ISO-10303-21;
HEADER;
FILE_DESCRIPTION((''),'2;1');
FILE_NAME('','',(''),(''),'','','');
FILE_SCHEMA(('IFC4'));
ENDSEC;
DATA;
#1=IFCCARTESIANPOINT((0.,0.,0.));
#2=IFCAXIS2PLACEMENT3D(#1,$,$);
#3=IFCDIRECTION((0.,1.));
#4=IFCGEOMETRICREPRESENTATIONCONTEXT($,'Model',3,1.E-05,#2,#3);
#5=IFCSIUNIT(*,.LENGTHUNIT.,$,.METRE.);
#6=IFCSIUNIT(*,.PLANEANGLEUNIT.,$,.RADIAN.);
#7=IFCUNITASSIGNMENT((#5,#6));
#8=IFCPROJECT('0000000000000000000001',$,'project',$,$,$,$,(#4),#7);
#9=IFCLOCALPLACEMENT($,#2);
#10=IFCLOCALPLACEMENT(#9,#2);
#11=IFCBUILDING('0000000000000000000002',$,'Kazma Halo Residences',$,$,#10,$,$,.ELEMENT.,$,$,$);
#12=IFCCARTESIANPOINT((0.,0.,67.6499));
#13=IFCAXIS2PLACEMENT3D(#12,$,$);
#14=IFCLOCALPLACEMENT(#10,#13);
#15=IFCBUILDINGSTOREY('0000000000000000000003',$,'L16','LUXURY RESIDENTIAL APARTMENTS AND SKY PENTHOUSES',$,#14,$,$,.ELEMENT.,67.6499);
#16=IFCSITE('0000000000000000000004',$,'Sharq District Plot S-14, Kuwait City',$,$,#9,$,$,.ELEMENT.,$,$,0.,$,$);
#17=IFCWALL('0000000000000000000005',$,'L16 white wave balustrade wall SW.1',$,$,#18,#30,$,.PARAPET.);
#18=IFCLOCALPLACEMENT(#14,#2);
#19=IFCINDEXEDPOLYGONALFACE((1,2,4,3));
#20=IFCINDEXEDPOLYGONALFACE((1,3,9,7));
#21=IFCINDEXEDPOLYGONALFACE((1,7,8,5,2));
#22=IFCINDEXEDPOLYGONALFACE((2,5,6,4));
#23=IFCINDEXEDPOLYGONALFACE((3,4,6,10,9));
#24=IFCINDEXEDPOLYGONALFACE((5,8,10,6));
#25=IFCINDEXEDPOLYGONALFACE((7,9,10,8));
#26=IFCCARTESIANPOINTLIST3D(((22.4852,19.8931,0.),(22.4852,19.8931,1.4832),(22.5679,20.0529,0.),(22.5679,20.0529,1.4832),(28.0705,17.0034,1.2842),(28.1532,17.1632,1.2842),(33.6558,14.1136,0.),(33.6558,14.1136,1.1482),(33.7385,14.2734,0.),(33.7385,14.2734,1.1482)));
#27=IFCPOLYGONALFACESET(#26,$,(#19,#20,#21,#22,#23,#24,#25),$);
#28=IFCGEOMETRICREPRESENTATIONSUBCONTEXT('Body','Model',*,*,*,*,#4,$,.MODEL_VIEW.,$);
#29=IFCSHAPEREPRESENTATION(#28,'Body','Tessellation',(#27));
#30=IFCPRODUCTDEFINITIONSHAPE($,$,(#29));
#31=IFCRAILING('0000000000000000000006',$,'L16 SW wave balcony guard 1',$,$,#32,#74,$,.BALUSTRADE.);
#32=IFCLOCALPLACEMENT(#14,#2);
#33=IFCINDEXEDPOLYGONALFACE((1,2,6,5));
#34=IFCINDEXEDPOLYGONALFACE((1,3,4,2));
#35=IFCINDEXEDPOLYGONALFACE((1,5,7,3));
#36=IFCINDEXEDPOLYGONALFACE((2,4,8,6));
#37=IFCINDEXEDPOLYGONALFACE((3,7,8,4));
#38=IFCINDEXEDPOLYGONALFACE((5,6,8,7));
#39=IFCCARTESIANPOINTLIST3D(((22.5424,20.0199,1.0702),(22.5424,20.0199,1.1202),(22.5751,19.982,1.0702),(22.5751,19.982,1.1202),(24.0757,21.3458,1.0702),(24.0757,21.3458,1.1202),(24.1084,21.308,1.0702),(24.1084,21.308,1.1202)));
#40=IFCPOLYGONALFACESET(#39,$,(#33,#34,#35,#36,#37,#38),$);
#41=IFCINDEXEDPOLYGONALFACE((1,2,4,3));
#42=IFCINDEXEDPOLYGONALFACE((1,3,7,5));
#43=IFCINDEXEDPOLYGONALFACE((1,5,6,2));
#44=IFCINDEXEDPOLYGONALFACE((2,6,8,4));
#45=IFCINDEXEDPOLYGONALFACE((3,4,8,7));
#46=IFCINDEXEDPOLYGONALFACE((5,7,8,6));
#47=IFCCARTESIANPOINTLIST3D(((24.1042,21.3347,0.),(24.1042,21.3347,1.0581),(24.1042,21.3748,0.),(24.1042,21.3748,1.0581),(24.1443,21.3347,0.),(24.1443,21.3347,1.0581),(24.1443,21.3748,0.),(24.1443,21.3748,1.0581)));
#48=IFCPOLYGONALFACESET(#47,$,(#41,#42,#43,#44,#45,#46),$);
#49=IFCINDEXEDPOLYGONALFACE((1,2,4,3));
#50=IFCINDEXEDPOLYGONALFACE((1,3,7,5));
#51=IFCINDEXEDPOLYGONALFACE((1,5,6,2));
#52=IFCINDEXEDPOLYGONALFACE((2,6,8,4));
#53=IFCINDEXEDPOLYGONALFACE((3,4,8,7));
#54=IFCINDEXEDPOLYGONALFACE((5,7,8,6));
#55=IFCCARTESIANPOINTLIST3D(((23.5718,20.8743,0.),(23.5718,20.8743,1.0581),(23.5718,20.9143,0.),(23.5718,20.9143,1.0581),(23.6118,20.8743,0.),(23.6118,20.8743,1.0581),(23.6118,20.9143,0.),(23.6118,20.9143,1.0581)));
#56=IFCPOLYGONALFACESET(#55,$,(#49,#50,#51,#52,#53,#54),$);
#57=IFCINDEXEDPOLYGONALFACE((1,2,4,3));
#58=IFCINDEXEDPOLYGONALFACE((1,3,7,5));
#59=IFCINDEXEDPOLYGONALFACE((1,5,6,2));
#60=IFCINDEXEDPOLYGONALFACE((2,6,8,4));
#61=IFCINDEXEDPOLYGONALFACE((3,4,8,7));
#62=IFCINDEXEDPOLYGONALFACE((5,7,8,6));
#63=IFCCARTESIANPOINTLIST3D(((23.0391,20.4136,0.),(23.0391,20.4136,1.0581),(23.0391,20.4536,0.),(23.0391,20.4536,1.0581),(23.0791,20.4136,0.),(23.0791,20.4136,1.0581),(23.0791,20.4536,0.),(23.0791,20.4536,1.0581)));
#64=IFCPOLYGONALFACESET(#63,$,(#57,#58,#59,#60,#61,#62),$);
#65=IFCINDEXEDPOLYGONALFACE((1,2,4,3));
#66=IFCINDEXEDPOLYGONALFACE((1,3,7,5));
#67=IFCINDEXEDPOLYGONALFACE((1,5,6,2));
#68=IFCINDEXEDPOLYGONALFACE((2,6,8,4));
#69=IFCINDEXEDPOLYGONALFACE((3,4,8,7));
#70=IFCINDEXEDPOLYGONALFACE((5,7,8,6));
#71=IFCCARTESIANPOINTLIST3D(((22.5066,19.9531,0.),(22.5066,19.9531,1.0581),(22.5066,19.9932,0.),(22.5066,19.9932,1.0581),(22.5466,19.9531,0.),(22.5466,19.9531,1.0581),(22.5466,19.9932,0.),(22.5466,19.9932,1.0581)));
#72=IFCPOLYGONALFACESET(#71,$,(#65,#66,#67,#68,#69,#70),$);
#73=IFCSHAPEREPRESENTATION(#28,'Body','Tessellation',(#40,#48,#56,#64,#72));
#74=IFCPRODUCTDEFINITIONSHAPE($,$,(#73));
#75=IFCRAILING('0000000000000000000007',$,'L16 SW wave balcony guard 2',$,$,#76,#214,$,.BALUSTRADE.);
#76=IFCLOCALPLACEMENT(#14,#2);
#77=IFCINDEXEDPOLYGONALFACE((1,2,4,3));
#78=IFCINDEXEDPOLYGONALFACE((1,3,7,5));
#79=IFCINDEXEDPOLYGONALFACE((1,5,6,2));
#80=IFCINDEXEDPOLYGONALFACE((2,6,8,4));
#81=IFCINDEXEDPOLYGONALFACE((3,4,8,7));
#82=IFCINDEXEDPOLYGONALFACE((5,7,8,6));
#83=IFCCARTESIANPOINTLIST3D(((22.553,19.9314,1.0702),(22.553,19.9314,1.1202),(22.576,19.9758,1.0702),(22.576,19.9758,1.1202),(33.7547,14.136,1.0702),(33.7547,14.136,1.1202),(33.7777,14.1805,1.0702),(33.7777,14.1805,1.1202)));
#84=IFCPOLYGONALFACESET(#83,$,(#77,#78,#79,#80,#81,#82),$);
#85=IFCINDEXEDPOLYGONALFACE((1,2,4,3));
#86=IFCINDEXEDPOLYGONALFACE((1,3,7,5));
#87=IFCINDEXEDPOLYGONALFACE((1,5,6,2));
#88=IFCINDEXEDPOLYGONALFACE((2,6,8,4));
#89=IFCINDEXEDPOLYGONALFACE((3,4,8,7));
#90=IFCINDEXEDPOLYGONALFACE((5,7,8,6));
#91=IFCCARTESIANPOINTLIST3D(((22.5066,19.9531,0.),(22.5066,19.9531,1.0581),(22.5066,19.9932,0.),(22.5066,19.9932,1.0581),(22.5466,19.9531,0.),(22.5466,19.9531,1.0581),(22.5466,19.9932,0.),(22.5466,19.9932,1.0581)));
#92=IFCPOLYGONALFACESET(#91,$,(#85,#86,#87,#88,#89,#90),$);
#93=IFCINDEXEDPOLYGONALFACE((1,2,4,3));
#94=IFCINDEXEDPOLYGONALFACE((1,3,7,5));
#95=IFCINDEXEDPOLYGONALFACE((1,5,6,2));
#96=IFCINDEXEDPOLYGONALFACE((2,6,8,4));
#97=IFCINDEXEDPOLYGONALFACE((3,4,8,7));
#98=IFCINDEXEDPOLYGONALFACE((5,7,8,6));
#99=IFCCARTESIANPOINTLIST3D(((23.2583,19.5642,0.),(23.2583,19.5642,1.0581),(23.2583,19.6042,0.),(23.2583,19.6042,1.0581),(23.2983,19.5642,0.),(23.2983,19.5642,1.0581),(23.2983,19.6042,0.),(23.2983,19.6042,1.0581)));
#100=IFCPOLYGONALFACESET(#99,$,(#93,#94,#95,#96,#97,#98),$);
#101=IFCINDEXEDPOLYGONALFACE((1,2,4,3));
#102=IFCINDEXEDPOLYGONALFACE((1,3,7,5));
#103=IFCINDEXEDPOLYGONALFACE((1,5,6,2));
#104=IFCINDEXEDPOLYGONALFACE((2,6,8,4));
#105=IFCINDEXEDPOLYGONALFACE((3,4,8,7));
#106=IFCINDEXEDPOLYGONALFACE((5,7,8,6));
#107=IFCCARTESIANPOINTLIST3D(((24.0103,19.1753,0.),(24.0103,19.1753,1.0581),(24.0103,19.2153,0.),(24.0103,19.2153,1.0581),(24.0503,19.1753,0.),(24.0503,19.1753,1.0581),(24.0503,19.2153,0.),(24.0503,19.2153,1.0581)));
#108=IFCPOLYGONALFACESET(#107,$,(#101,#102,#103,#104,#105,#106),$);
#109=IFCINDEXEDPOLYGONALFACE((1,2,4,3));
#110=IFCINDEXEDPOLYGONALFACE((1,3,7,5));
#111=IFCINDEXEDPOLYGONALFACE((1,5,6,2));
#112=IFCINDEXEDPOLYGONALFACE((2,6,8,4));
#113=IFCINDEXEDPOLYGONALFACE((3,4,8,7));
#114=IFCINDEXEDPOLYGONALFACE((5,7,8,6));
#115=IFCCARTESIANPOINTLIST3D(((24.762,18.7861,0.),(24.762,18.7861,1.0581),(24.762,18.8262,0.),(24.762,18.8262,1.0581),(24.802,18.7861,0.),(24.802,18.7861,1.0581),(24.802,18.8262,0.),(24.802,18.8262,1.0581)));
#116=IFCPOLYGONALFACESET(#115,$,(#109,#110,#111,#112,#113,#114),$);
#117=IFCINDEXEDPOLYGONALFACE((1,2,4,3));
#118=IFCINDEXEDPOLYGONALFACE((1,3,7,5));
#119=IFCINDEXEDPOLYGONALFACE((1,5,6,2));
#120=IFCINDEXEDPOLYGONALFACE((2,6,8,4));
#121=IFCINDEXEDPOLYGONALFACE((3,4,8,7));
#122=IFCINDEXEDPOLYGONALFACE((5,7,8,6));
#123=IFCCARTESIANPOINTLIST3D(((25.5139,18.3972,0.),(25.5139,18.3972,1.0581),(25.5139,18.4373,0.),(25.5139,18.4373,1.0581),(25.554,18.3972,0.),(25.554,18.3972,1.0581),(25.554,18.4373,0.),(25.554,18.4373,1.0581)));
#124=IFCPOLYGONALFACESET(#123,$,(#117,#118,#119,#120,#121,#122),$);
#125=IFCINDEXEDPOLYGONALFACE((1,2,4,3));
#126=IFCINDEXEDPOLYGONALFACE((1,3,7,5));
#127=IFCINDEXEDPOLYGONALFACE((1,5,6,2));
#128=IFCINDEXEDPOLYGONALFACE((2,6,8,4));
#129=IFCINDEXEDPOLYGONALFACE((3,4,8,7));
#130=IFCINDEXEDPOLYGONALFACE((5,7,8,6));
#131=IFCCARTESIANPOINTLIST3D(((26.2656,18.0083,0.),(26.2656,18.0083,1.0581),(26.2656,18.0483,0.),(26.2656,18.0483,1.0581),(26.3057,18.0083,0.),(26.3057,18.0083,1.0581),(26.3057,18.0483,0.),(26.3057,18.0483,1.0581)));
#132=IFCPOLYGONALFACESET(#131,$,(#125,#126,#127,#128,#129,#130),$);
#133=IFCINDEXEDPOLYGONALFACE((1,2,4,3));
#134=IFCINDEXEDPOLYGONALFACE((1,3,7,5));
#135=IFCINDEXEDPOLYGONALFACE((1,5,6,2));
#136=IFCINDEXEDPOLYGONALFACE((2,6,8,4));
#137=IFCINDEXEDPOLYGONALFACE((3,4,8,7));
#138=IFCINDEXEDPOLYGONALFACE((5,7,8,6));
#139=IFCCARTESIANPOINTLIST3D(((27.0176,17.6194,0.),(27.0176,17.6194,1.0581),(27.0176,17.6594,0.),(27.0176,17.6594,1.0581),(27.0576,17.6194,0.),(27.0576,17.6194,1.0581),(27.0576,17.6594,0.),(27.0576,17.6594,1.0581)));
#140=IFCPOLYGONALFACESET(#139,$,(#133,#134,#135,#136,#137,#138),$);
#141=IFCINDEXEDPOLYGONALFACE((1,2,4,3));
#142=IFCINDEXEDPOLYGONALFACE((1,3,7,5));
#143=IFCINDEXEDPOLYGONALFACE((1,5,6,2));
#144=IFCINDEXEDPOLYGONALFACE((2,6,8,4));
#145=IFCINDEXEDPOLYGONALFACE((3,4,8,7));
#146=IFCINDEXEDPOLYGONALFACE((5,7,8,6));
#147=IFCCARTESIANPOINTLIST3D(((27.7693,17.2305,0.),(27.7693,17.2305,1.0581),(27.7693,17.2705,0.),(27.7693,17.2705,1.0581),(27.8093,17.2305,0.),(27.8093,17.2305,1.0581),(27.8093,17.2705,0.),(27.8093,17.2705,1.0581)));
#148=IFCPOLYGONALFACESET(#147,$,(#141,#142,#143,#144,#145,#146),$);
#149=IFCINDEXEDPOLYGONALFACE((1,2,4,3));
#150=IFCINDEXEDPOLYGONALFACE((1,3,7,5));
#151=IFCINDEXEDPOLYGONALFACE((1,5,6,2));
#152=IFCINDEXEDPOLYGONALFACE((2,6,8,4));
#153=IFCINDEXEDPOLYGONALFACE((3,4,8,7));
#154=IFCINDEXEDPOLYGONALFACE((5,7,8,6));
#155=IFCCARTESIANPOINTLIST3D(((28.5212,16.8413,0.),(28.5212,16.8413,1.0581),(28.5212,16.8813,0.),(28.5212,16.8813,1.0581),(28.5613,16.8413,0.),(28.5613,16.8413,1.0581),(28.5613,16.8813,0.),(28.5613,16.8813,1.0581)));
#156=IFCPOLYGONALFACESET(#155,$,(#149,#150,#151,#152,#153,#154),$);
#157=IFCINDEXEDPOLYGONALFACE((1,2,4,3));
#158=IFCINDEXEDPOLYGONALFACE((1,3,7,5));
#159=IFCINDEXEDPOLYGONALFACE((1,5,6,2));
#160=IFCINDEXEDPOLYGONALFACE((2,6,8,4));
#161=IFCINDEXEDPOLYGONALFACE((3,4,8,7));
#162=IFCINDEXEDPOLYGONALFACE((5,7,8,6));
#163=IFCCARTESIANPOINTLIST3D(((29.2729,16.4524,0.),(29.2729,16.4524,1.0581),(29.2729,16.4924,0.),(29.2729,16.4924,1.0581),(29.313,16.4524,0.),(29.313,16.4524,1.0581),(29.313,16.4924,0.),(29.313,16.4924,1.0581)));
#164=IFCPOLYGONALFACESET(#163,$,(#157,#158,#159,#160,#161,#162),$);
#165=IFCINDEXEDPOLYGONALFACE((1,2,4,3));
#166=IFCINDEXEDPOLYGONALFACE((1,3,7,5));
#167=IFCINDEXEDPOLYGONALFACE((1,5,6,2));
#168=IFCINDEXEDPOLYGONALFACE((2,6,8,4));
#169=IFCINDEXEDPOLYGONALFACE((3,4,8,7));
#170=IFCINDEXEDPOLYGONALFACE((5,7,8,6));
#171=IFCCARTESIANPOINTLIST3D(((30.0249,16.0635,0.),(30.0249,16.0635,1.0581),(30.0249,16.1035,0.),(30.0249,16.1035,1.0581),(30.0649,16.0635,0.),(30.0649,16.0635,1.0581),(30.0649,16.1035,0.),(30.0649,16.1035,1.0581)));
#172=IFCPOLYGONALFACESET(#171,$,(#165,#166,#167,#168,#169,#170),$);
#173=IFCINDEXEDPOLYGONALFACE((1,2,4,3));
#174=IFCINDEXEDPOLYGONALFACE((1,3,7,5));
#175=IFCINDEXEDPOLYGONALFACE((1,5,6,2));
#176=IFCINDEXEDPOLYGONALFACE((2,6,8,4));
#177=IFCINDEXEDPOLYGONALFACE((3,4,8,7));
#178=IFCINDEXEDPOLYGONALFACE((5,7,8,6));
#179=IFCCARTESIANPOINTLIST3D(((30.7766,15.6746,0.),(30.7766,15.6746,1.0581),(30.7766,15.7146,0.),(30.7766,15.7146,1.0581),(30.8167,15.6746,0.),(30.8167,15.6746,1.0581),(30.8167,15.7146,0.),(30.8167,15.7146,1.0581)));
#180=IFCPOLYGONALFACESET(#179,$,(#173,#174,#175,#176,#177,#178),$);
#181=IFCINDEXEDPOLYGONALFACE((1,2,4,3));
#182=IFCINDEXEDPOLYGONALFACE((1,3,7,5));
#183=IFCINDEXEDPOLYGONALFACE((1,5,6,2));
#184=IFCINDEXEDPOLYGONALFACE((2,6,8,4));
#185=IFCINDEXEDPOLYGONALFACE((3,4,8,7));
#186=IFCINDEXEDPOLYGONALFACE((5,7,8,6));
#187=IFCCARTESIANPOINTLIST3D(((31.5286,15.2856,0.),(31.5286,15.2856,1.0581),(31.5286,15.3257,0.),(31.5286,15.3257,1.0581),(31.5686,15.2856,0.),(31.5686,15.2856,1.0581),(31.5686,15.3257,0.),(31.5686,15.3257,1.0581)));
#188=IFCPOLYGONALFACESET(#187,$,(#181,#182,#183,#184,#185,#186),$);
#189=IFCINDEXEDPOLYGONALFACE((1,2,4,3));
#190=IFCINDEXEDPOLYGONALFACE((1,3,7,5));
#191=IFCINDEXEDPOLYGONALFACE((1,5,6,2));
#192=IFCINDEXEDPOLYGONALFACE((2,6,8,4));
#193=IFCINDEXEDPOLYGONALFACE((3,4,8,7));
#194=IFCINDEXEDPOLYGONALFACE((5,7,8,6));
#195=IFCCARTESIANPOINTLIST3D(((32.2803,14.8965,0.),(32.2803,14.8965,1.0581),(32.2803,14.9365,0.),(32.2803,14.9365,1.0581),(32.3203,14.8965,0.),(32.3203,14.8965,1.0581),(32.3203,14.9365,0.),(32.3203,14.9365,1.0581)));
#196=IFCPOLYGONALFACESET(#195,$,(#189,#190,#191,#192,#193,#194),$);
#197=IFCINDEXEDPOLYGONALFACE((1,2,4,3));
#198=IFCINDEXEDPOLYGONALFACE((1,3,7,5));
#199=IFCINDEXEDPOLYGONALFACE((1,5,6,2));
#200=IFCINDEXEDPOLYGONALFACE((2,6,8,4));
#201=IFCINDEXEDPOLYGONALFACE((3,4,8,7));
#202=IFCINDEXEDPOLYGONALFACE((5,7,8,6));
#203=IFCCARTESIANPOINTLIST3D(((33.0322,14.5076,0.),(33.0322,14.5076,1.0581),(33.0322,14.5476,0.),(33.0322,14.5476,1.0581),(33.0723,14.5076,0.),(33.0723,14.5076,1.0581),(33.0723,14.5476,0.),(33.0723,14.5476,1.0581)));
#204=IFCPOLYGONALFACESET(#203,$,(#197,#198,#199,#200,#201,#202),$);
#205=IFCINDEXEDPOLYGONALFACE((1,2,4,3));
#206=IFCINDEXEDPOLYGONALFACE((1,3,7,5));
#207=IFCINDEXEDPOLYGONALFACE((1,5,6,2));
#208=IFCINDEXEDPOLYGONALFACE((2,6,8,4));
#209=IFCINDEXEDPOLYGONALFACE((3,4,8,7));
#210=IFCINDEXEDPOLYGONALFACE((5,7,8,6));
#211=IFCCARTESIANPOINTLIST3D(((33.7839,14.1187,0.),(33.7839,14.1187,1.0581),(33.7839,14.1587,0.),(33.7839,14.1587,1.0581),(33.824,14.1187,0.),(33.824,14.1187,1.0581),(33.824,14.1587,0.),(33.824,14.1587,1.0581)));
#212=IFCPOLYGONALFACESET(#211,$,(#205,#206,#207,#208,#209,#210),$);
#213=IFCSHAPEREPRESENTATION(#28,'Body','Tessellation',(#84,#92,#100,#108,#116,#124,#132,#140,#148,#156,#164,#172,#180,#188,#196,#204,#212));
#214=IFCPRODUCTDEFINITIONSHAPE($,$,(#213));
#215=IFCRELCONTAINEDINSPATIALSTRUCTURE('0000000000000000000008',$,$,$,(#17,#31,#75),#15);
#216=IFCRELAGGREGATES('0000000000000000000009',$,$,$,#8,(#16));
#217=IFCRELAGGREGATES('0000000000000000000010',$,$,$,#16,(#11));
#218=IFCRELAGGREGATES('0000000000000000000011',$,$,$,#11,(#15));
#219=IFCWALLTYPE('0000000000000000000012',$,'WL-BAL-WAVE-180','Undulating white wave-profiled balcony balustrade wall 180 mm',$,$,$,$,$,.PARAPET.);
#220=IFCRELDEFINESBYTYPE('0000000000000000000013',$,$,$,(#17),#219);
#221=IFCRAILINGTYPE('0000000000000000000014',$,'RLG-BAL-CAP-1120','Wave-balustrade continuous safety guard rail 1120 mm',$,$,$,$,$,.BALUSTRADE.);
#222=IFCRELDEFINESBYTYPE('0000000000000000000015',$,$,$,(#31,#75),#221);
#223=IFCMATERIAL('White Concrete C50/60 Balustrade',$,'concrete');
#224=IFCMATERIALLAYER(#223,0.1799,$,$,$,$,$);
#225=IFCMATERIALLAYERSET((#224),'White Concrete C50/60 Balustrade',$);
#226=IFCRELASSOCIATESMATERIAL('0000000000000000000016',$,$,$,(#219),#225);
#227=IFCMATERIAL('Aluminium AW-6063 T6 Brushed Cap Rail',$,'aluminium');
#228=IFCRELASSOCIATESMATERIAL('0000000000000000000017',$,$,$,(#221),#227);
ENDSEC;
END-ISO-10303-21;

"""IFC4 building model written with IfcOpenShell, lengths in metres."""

from ifc_helpers import new_model, si_unit, direction, frame, origin, origin_2d, place, context, subcontext, project, spatial, polyline, rectangle, outline, extrude, material, layer, layer_set, type_object, element, save


model = new_model("IFC4")

# Units and contexts
model_context = context("Model", 3, precision=1e-05, world=origin(), true_north=direction((0.0, 1.0)))
body_context = subcontext(model_context, "Body", "Model", "MODEL_VIEW")
ifc_project = project(units=[si_unit("LENGTHUNIT", "METRE"), si_unit("PLANEANGLEUNIT", "RADIAN")], contexts=[model_context])

# Site, building, storey
site_placement = place(None, origin())
site = spatial("IfcSite", under=ifc_project, at=site_placement, Name="Sharq District Plot S-14, Kuwait City", CompositionType="ELEMENT", RefElevation=0.0)
building_placement = place(site_placement, origin())
building = spatial("IfcBuilding", under=site, at=building_placement, Name="Kazma Halo Residences", CompositionType="ELEMENT")
storey_placement = place(building_placement, frame((0.0, 0.0, 67.6499)))
storey = spatial("IfcBuildingStorey", under=building, at=storey_placement, Name="L16", Description="LUXURY RESIDENTIAL APARTMENTS AND SKY PENTHOUSES", CompositionType="ELEMENT", Elevation=67.6499)

# Wall
ifc_material_1 = material(Name="White Concrete C50/60 Balustrade", Category="concrete")
ifc_layer_1 = layer(ifc_material_1, 0.1799)
ifc_layer_set_1 = layer_set([ifc_layer_1], Name="White Concrete C50/60 Balustrade")
wall_type_1 = type_object("IfcWallType", Name="WL-BAL-WAVE-180", Description="Undulating white wave-profiled balcony balustrade wall 180 mm", PredefinedType="PARAPET", material=ifc_layer_set_1)
wall_1_placement = place(storey_placement, frame((22.5266, 19.9731, 0.0), z_axis=(0.0, 0.0, 1.0), x_axis=(0.888165, -0.459524, 0.0)))
element("IfcWall", 1, at=wall_1_placement, inside=storey, type_object=wall_type_1, Name="L16 white wave balustrade wall SW.1", PredefinedType="PARAPET", context=body_context, shape_type="SweptSolid", body=[
    extrude(outline(polyline([(0.0, 0.0), (12.5771, 0.0), (12.5771, 1.1482), (6.2886, 1.2842), (0.0, 1.4832), (0.0, 0.0)])), frame((0.0, 0.0898, 0.0), z_axis=(0.0, -1.0, 0.0), x_axis=(1.0, 0.0, 0.0)), (0.0, 0.0, 1.0), 0.1799),
])

# Railings
ifc_material_2 = material(Name="Aluminium AW-6063 T6 Brushed Cap Rail", Category="aluminium")
railing_type = type_object("IfcRailingType", Name="RLG-BAL-CAP-1120", Description="Wave-balustrade continuous safety guard rail 1120 mm", PredefinedType="BALUSTRADE", material=ifc_material_2)
railing_1_placement = place(storey_placement, frame((24.1243, 21.3547, 0.0)))
element("IfcRailing", 2, at=railing_1_placement, inside=storey, type_object=railing_type, Name="L16 SW wave balcony guard 1", PredefinedType="BALUSTRADE", context=body_context, shape_type="SweptSolid", body=[
    extrude(rectangle(XDim=0.05, YDim=0.05, at=origin_2d()), frame((-0.0322, -0.0278, 1.0952), z_axis=(-0.756402, -0.654107, 0.0), x_axis=(0.654107, -0.756402, 0.0)), (0.0, 0.0, 1.0), 2.0271),
    extrude(rectangle(XDim=0.04, YDim=0.04, at=origin_2d()), origin(), (0.0, 0.0, 1.0), 1.0581),
    extrude(rectangle(XDim=0.04, YDim=0.04, at=origin_2d()), frame((-0.5325, -0.4604, 0.0)), (0.0, 0.0, 1.0), 1.0581),
    extrude(rectangle(XDim=0.04, YDim=0.04, at=origin_2d()), frame((-1.0652, -0.9211, 0.0)), (0.0, 0.0, 1.0), 1.0581),
    extrude(rectangle(XDim=0.04, YDim=0.04, at=origin_2d()), frame((-1.5977, -1.3816, 0.0)), (0.0, 0.0, 1.0), 1.0581),
])
railing_2_placement = place(storey_placement, frame((22.5266, 19.9731, 0.0)))
element("IfcRailing", 3, at=railing_2_placement, inside=storey, type_object=railing_type, Name="L16 SW wave balcony guard 2", PredefinedType="BALUSTRADE", context=body_context, shape_type="SweptSolid", body=[
    extrude(rectangle(XDim=0.05, YDim=0.05, at=origin_2d()), frame((0.0378, -0.0195, 1.0952), z_axis=(0.888174, -0.459508, 0.0), x_axis=(0.459508, 0.888174, 0.0)), (0.0, 0.0, 1.0), 12.6121),
    extrude(rectangle(XDim=0.04, YDim=0.04, at=origin_2d()), origin(), (0.0, 0.0, 1.0), 1.0581),
    extrude(rectangle(XDim=0.04, YDim=0.04, at=origin_2d()), frame((0.7517, -0.3889, 0.0)), (0.0, 0.0, 1.0), 1.0581),
    extrude(rectangle(XDim=0.04, YDim=0.04, at=origin_2d()), frame((1.5037, -0.7778, 0.0)), (0.0, 0.0, 1.0), 1.0581),
    extrude(rectangle(XDim=0.04, YDim=0.04, at=origin_2d()), frame((2.2554, -1.167, 0.0)), (0.0, 0.0, 1.0), 1.0581),
    extrude(rectangle(XDim=0.04, YDim=0.04, at=origin_2d()), frame((3.0073, -1.5559, 0.0)), (0.0, 0.0, 1.0), 1.0581),
    extrude(rectangle(XDim=0.04, YDim=0.04, at=origin_2d()), frame((3.759, -1.9448, 0.0)), (0.0, 0.0, 1.0), 1.0581),
    extrude(rectangle(XDim=0.04, YDim=0.04, at=origin_2d()), frame((4.511, -2.3337, 0.0)), (0.0, 0.0, 1.0), 1.0581),
    extrude(rectangle(XDim=0.04, YDim=0.04, at=origin_2d()), frame((5.2627, -2.7227, 0.0)), (0.0, 0.0, 1.0), 1.0581),
    extrude(rectangle(XDim=0.04, YDim=0.04, at=origin_2d()), frame((6.0146, -3.1118, 0.0)), (0.0, 0.0, 1.0), 1.0581),
    extrude(rectangle(XDim=0.04, YDim=0.04, at=origin_2d()), frame((6.7664, -3.5007, 0.0)), (0.0, 0.0, 1.0), 1.0581),
    extrude(rectangle(XDim=0.04, YDim=0.04, at=origin_2d()), frame((7.5183, -3.8896, 0.0)), (0.0, 0.0, 1.0), 1.0581),
    extrude(rectangle(XDim=0.04, YDim=0.04, at=origin_2d()), frame((8.27, -4.2786, 0.0)), (0.0, 0.0, 1.0), 1.0581),
    extrude(rectangle(XDim=0.04, YDim=0.04, at=origin_2d()), frame((9.022, -4.6675, 0.0)), (0.0, 0.0, 1.0), 1.0581),
    extrude(rectangle(XDim=0.04, YDim=0.04, at=origin_2d()), frame((9.7737, -5.0566, 0.0)), (0.0, 0.0, 1.0), 1.0581),
    extrude(rectangle(XDim=0.04, YDim=0.04, at=origin_2d()), frame((10.5256, -5.4456, 0.0)), (0.0, 0.0, 1.0), 1.0581),
    extrude(rectangle(XDim=0.04, YDim=0.04, at=origin_2d()), frame((11.2773, -5.8345, 0.0)), (0.0, 0.0, 1.0), 1.0581),
])

save(model, "model.ifc")
